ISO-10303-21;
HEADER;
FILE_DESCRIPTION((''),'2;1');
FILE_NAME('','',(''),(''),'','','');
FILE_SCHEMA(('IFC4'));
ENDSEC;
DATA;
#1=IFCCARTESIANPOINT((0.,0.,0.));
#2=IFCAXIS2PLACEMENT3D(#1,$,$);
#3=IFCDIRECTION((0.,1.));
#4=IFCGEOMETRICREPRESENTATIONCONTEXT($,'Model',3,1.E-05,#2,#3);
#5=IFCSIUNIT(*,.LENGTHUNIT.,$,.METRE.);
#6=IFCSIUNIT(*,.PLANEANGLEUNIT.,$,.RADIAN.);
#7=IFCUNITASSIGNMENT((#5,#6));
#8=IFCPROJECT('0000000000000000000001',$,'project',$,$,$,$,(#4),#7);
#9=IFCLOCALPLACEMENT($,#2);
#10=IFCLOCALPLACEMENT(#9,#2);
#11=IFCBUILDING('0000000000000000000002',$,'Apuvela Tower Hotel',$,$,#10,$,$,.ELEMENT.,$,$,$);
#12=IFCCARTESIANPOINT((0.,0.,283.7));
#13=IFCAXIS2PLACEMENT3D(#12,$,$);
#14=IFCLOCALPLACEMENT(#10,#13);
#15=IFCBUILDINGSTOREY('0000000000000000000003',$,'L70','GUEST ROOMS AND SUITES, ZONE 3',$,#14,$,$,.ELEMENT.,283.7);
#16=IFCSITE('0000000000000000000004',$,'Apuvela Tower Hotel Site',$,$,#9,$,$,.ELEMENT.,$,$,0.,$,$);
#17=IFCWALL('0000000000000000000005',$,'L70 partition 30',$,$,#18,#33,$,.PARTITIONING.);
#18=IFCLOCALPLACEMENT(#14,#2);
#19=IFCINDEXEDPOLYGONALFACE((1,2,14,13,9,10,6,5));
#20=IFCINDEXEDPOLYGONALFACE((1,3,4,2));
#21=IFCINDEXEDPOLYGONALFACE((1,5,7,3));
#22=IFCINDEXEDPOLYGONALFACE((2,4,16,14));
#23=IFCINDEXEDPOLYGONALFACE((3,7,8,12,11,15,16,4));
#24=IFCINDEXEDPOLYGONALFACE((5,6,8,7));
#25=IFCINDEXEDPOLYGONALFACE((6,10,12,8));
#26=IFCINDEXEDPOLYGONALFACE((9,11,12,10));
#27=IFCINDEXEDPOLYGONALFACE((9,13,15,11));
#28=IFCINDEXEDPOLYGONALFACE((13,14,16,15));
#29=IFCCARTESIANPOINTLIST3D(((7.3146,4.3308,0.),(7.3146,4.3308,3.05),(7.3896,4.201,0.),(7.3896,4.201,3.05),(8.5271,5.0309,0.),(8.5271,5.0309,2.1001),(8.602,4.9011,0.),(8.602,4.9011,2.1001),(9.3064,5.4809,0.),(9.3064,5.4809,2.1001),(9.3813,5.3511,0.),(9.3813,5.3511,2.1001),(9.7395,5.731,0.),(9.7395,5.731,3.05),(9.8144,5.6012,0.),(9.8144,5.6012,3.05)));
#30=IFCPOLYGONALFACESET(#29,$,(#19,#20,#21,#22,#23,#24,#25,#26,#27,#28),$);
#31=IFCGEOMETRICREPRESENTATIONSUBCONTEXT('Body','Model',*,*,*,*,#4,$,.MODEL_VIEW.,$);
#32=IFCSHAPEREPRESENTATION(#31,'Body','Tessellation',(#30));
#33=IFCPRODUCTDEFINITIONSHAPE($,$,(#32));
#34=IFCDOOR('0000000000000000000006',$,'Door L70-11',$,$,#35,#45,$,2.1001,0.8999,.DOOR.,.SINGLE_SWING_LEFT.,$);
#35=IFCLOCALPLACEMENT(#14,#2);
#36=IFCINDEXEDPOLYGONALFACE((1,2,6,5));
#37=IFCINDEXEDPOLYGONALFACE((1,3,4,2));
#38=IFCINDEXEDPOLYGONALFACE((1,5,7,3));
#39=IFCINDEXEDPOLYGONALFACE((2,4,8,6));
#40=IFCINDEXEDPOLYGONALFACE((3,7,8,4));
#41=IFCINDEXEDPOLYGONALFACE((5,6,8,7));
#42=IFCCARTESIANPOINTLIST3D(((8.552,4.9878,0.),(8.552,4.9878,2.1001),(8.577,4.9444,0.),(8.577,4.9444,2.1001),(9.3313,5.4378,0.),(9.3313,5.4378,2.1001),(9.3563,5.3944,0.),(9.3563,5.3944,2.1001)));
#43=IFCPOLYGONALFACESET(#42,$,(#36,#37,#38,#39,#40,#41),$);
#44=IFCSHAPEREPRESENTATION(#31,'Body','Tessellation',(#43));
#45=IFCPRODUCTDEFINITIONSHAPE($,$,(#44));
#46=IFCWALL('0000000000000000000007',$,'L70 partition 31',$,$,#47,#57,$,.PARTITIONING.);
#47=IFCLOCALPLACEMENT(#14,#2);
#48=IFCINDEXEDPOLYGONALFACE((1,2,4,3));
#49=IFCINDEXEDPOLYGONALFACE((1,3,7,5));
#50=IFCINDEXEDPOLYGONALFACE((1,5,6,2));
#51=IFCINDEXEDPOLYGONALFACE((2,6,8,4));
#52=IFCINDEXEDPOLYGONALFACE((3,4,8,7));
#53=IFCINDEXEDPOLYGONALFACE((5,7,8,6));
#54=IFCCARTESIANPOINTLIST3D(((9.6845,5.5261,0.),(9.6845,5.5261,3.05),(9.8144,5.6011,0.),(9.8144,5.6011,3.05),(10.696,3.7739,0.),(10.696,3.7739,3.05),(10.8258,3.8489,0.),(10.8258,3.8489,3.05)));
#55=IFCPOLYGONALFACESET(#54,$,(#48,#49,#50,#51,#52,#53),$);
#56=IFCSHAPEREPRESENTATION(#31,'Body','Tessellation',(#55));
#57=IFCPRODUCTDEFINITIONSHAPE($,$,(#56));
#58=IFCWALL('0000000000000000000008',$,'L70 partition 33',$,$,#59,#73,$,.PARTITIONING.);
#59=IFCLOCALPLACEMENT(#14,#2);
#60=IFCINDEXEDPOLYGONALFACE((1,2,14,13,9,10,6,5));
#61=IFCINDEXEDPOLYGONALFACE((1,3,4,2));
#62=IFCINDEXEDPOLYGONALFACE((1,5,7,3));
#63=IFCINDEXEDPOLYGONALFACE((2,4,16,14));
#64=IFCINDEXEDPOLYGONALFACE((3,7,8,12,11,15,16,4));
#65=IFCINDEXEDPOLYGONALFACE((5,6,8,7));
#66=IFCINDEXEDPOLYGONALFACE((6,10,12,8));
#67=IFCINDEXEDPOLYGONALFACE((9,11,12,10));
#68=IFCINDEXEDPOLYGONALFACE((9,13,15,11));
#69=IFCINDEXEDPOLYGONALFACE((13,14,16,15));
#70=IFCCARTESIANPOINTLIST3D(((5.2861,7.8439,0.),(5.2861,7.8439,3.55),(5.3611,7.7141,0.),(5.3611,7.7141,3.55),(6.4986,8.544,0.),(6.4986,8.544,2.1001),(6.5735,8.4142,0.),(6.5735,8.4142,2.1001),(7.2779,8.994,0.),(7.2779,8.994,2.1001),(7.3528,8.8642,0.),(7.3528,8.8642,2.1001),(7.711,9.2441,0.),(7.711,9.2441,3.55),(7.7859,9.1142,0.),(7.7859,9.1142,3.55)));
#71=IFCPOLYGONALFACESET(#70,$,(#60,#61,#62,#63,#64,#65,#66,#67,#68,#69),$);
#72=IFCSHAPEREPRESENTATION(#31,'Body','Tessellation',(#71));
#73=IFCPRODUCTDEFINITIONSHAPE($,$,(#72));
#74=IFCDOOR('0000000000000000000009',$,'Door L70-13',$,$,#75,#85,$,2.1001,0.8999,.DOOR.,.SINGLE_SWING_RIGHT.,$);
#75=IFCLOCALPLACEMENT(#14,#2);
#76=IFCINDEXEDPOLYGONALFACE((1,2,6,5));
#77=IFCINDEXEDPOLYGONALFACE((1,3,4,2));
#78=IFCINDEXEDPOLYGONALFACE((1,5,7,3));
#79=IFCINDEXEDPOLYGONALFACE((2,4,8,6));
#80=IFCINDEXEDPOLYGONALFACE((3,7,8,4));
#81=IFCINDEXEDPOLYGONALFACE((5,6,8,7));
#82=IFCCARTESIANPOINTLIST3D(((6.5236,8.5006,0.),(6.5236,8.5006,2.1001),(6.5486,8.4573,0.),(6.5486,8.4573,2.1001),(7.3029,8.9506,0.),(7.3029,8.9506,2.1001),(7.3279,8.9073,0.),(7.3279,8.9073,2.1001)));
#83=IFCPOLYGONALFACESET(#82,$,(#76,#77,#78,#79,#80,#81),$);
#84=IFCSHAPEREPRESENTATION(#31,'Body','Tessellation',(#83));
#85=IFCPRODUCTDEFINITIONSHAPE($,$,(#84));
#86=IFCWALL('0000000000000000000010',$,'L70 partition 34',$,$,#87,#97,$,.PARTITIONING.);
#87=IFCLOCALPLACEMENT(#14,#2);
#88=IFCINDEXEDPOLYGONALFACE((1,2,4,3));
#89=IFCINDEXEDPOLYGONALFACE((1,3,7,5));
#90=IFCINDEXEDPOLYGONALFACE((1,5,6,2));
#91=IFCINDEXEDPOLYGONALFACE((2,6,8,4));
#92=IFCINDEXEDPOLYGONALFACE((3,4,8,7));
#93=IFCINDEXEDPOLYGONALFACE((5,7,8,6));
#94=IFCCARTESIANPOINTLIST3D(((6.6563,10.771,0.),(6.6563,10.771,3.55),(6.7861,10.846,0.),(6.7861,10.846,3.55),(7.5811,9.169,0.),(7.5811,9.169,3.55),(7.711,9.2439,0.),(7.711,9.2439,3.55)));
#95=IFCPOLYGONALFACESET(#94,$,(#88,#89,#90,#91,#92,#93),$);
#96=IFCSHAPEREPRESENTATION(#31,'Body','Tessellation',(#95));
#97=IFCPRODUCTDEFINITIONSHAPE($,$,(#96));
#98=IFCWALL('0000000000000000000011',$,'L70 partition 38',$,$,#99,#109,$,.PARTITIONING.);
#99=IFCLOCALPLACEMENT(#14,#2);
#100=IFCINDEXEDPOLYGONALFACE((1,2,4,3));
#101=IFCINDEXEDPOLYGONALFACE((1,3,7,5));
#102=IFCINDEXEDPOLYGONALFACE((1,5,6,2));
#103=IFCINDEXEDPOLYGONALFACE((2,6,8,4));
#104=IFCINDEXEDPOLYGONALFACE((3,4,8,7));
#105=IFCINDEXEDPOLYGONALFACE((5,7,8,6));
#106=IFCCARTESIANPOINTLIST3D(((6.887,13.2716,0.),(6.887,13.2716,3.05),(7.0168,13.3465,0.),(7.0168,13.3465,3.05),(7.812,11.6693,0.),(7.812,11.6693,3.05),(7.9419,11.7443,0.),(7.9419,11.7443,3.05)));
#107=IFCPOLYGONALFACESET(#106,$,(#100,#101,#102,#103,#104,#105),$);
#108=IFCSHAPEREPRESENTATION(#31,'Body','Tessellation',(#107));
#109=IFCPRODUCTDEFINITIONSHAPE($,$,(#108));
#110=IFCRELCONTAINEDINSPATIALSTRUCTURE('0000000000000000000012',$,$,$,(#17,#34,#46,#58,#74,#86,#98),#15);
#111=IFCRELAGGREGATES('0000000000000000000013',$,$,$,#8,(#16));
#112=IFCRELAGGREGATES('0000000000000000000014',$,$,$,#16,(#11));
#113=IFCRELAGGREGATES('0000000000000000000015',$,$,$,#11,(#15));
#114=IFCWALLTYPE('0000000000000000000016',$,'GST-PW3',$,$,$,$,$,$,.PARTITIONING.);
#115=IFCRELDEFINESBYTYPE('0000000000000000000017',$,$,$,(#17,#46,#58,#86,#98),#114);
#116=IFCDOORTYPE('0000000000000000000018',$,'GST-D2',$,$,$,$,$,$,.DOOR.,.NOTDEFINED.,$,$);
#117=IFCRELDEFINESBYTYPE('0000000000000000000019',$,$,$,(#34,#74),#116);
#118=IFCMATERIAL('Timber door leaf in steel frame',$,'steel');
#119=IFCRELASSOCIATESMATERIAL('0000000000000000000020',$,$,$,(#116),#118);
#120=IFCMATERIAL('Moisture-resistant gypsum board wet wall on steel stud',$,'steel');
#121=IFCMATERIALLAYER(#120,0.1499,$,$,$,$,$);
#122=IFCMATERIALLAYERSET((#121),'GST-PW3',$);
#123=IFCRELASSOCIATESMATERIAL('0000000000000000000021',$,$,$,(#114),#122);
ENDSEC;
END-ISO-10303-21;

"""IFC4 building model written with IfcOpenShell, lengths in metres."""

from ifc_helpers import new_model, si_unit, direction, frame, frame_2d, origin, place, context, subcontext, project, spatial, rectangle, extrude, material, layer, layer_set, type_object, element, fill, save


model = new_model("IFC4")

# Units and contexts
model_context = context("Model", 3, precision=1e-05, world=origin(), true_north=direction((0.0, 1.0)))
body_context = subcontext(model_context, "Body", "Model", "MODEL_VIEW")
ifc_project = project(units=[si_unit("LENGTHUNIT", "METRE"), si_unit("PLANEANGLEUNIT", "RADIAN")], contexts=[model_context])

# Site, building, storey
site_placement = place(None, origin())
site = spatial("IfcSite", under=ifc_project, at=site_placement, Name="Apuvela Tower Hotel Site", CompositionType="ELEMENT", RefElevation=0.0)
building_placement = place(site_placement, origin())
building = spatial("IfcBuilding", under=site, at=building_placement, Name="Apuvela Tower Hotel", CompositionType="ELEMENT")
storey_placement = place(building_placement, frame((0.0, 0.0, 283.7)))
storey = spatial("IfcBuildingStorey", under=building, at=storey_placement, Name="L70", Description="GUEST ROOMS AND SUITES, ZONE 3", CompositionType="ELEMENT", Elevation=283.7)

# Wall, opening, door
ifc_material_1 = material(Name="Timber door leaf in steel frame", Category="steel")
door_type_1 = type_object("IfcDoorType", Name="GST-D2", OperationType="NOTDEFINED", PredefinedType="DOOR", material=ifc_material_1)
ifc_material_2 = material(Name="Moisture-resistant gypsum board wet wall on steel stud", Category="steel")
ifc_layer_1 = layer(ifc_material_2, 0.1499)
ifc_layer_set_1 = layer_set([ifc_layer_1], Name="GST-PW3")
wall_type_1 = type_object("IfcWallType", Name="GST-PW3", PredefinedType="PARTITIONING", material=ifc_layer_set_1)
wall_1_placement = place(storey_placement, frame((9.7769, 5.666, 0.0), z_axis=(0.0, 0.0, 1.0), x_axis=(-0.865997, -0.50005, 0.0)))
wall_1 = element("IfcWall", 1, at=wall_1_placement, inside=storey, type_object=wall_type_1, Name="L70 partition 30", PredefinedType="PARTITIONING", context=body_context, shape_type="SweptSolid", body=[
    extrude(rectangle(XDim=2.8, YDim=0.1499, at=frame_2d((1.3999, 0.0))), origin(), (0.0, 0.0, 1.0), 3.05),
])
opening_1_placement = place(wall_1_placement, frame((0.5, 0.0, 0.0)))
opening_1 = element("IfcOpeningElement", 2, at=opening_1_placement, cuts=wall_1, PredefinedType="OPENING", context=body_context, shape_type="SweptSolid", body=[
    extrude(rectangle(XDim=0.8999, YDim=2.1001, at=frame_2d((0.45, 1.05))), frame((0.0, 0.085, 0.0), z_axis=(0.0, -1.0, 0.0), x_axis=(1.0, 0.0, 0.0)), (0.0, 0.0, 1.0), 0.1699),
])
door_1_placement = place(opening_1_placement, origin())
door_1 = element("IfcDoor", 3, at=door_1_placement, inside=storey, type_object=door_type_1, Name="Door L70-11", OperationType="SINGLE_SWING_LEFT", OverallHeight=2.1001, OverallWidth=0.8999, PredefinedType="DOOR", context=body_context, shape_type="SweptSolid", body=[
    extrude(rectangle(XDim=0.8999, YDim=2.1001, at=frame_2d((0.45, 1.05))), frame((0.0, 0.0249, 0.0), z_axis=(0.0, -1.0, 0.0), x_axis=(1.0, 0.0, 0.0)), (0.0, 0.0, 1.0), 0.05),
])
fill(opening_1, door_1)

# Wall
wall_2_placement = place(storey_placement, frame((10.761, 3.8113, 0.0), z_axis=(0.0, 0.0, 1.0), x_axis=(-0.499942, 0.866059, 0.0)))
element("IfcWall", 4, at=wall_2_placement, inside=storey, type_object=wall_type_1, Name="L70 partition 31", PredefinedType="PARTITIONING", context=body_context, shape_type="SweptSolid", body=[
    extrude(rectangle(XDim=2.0232, YDim=0.1499, at=frame_2d((1.0117, 0.0))), origin(), (0.0, 0.0, 1.0), 3.05),
])

# Wall, opening, door
wall_3_placement = place(storey_placement, frame((5.3237, 7.7791, 0.0), z_axis=(0.0, 0.0, 1.0), x_axis=(0.865997, 0.50005, 0.0)))
wall_3 = element("IfcWall", 5, at=wall_3_placement, inside=storey, type_object=wall_type_1, Name="L70 partition 33", PredefinedType="PARTITIONING", context=body_context, shape_type="SweptSolid", body=[
    extrude(rectangle(XDim=2.8, YDim=0.1499, at=frame_2d((1.3999, 0.0))), origin(), (0.0, 0.0, 1.0), 3.55),
])
opening_2_placement = place(wall_3_placement, frame((1.3999, 0.0, 0.0)))
opening_2 = element("IfcOpeningElement", 6, at=opening_2_placement, cuts=wall_3, PredefinedType="OPENING", context=body_context, shape_type="SweptSolid", body=[
    extrude(rectangle(XDim=0.8999, YDim=2.1001, at=frame_2d((0.45, 1.05))), frame((0.0, 0.085, 0.0), z_axis=(0.0, -1.0, 0.0), x_axis=(1.0, 0.0, 0.0)), (0.0, 0.0, 1.0), 0.1699),
])
door_2_placement = place(opening_2_placement, origin())
door_2 = element("IfcDoor", 7, at=door_2_placement, inside=storey, type_object=door_type_1, Name="Door L70-13", OperationType="SINGLE_SWING_RIGHT", OverallHeight=2.1001, OverallWidth=0.8999, PredefinedType="DOOR", context=body_context, shape_type="SweptSolid", body=[
    extrude(rectangle(XDim=0.8999, YDim=2.1001, at=frame_2d((0.45, 1.05))), frame((0.0, 0.0249, 0.0), z_axis=(0.0, -1.0, 0.0), x_axis=(1.0, 0.0, 0.0)), (0.0, 0.0, 1.0), 0.05),
])
fill(opening_2, door_2)

# Walls
wall_4_placement = place(storey_placement, frame((7.646, 9.2065, 0.0), z_axis=(0.0, 0.0, 1.0), x_axis=(-0.499943, 0.866058, 0.0)))
element("IfcWall", 8, at=wall_4_placement, inside=storey, type_object=wall_type_1, Name="L70 partition 34", PredefinedType="PARTITIONING", context=body_context, shape_type="SweptSolid", body=[
    extrude(rectangle(XDim=1.8499, YDim=0.1499, at=frame_2d((0.9248, 0.0))), origin(), (0.0, 0.0, 1.0), 3.55),
])
wall_5_placement = place(storey_placement, frame((7.877, 11.7068, 0.0), z_axis=(0.0, 0.0, 1.0), x_axis=(-0.499985, 0.866034, 0.0)))
element("IfcWall", 9, at=wall_5_placement, inside=storey, type_object=wall_type_1, Name="L70 partition 38", PredefinedType="PARTITIONING", context=body_context, shape_type="SweptSolid", body=[
    extrude(rectangle(XDim=1.8501, YDim=0.1499, at=frame_2d((0.925, 0.0))), origin(), (0.0, 0.0, 1.0), 3.05),
])

save(model, "model.ifc")
